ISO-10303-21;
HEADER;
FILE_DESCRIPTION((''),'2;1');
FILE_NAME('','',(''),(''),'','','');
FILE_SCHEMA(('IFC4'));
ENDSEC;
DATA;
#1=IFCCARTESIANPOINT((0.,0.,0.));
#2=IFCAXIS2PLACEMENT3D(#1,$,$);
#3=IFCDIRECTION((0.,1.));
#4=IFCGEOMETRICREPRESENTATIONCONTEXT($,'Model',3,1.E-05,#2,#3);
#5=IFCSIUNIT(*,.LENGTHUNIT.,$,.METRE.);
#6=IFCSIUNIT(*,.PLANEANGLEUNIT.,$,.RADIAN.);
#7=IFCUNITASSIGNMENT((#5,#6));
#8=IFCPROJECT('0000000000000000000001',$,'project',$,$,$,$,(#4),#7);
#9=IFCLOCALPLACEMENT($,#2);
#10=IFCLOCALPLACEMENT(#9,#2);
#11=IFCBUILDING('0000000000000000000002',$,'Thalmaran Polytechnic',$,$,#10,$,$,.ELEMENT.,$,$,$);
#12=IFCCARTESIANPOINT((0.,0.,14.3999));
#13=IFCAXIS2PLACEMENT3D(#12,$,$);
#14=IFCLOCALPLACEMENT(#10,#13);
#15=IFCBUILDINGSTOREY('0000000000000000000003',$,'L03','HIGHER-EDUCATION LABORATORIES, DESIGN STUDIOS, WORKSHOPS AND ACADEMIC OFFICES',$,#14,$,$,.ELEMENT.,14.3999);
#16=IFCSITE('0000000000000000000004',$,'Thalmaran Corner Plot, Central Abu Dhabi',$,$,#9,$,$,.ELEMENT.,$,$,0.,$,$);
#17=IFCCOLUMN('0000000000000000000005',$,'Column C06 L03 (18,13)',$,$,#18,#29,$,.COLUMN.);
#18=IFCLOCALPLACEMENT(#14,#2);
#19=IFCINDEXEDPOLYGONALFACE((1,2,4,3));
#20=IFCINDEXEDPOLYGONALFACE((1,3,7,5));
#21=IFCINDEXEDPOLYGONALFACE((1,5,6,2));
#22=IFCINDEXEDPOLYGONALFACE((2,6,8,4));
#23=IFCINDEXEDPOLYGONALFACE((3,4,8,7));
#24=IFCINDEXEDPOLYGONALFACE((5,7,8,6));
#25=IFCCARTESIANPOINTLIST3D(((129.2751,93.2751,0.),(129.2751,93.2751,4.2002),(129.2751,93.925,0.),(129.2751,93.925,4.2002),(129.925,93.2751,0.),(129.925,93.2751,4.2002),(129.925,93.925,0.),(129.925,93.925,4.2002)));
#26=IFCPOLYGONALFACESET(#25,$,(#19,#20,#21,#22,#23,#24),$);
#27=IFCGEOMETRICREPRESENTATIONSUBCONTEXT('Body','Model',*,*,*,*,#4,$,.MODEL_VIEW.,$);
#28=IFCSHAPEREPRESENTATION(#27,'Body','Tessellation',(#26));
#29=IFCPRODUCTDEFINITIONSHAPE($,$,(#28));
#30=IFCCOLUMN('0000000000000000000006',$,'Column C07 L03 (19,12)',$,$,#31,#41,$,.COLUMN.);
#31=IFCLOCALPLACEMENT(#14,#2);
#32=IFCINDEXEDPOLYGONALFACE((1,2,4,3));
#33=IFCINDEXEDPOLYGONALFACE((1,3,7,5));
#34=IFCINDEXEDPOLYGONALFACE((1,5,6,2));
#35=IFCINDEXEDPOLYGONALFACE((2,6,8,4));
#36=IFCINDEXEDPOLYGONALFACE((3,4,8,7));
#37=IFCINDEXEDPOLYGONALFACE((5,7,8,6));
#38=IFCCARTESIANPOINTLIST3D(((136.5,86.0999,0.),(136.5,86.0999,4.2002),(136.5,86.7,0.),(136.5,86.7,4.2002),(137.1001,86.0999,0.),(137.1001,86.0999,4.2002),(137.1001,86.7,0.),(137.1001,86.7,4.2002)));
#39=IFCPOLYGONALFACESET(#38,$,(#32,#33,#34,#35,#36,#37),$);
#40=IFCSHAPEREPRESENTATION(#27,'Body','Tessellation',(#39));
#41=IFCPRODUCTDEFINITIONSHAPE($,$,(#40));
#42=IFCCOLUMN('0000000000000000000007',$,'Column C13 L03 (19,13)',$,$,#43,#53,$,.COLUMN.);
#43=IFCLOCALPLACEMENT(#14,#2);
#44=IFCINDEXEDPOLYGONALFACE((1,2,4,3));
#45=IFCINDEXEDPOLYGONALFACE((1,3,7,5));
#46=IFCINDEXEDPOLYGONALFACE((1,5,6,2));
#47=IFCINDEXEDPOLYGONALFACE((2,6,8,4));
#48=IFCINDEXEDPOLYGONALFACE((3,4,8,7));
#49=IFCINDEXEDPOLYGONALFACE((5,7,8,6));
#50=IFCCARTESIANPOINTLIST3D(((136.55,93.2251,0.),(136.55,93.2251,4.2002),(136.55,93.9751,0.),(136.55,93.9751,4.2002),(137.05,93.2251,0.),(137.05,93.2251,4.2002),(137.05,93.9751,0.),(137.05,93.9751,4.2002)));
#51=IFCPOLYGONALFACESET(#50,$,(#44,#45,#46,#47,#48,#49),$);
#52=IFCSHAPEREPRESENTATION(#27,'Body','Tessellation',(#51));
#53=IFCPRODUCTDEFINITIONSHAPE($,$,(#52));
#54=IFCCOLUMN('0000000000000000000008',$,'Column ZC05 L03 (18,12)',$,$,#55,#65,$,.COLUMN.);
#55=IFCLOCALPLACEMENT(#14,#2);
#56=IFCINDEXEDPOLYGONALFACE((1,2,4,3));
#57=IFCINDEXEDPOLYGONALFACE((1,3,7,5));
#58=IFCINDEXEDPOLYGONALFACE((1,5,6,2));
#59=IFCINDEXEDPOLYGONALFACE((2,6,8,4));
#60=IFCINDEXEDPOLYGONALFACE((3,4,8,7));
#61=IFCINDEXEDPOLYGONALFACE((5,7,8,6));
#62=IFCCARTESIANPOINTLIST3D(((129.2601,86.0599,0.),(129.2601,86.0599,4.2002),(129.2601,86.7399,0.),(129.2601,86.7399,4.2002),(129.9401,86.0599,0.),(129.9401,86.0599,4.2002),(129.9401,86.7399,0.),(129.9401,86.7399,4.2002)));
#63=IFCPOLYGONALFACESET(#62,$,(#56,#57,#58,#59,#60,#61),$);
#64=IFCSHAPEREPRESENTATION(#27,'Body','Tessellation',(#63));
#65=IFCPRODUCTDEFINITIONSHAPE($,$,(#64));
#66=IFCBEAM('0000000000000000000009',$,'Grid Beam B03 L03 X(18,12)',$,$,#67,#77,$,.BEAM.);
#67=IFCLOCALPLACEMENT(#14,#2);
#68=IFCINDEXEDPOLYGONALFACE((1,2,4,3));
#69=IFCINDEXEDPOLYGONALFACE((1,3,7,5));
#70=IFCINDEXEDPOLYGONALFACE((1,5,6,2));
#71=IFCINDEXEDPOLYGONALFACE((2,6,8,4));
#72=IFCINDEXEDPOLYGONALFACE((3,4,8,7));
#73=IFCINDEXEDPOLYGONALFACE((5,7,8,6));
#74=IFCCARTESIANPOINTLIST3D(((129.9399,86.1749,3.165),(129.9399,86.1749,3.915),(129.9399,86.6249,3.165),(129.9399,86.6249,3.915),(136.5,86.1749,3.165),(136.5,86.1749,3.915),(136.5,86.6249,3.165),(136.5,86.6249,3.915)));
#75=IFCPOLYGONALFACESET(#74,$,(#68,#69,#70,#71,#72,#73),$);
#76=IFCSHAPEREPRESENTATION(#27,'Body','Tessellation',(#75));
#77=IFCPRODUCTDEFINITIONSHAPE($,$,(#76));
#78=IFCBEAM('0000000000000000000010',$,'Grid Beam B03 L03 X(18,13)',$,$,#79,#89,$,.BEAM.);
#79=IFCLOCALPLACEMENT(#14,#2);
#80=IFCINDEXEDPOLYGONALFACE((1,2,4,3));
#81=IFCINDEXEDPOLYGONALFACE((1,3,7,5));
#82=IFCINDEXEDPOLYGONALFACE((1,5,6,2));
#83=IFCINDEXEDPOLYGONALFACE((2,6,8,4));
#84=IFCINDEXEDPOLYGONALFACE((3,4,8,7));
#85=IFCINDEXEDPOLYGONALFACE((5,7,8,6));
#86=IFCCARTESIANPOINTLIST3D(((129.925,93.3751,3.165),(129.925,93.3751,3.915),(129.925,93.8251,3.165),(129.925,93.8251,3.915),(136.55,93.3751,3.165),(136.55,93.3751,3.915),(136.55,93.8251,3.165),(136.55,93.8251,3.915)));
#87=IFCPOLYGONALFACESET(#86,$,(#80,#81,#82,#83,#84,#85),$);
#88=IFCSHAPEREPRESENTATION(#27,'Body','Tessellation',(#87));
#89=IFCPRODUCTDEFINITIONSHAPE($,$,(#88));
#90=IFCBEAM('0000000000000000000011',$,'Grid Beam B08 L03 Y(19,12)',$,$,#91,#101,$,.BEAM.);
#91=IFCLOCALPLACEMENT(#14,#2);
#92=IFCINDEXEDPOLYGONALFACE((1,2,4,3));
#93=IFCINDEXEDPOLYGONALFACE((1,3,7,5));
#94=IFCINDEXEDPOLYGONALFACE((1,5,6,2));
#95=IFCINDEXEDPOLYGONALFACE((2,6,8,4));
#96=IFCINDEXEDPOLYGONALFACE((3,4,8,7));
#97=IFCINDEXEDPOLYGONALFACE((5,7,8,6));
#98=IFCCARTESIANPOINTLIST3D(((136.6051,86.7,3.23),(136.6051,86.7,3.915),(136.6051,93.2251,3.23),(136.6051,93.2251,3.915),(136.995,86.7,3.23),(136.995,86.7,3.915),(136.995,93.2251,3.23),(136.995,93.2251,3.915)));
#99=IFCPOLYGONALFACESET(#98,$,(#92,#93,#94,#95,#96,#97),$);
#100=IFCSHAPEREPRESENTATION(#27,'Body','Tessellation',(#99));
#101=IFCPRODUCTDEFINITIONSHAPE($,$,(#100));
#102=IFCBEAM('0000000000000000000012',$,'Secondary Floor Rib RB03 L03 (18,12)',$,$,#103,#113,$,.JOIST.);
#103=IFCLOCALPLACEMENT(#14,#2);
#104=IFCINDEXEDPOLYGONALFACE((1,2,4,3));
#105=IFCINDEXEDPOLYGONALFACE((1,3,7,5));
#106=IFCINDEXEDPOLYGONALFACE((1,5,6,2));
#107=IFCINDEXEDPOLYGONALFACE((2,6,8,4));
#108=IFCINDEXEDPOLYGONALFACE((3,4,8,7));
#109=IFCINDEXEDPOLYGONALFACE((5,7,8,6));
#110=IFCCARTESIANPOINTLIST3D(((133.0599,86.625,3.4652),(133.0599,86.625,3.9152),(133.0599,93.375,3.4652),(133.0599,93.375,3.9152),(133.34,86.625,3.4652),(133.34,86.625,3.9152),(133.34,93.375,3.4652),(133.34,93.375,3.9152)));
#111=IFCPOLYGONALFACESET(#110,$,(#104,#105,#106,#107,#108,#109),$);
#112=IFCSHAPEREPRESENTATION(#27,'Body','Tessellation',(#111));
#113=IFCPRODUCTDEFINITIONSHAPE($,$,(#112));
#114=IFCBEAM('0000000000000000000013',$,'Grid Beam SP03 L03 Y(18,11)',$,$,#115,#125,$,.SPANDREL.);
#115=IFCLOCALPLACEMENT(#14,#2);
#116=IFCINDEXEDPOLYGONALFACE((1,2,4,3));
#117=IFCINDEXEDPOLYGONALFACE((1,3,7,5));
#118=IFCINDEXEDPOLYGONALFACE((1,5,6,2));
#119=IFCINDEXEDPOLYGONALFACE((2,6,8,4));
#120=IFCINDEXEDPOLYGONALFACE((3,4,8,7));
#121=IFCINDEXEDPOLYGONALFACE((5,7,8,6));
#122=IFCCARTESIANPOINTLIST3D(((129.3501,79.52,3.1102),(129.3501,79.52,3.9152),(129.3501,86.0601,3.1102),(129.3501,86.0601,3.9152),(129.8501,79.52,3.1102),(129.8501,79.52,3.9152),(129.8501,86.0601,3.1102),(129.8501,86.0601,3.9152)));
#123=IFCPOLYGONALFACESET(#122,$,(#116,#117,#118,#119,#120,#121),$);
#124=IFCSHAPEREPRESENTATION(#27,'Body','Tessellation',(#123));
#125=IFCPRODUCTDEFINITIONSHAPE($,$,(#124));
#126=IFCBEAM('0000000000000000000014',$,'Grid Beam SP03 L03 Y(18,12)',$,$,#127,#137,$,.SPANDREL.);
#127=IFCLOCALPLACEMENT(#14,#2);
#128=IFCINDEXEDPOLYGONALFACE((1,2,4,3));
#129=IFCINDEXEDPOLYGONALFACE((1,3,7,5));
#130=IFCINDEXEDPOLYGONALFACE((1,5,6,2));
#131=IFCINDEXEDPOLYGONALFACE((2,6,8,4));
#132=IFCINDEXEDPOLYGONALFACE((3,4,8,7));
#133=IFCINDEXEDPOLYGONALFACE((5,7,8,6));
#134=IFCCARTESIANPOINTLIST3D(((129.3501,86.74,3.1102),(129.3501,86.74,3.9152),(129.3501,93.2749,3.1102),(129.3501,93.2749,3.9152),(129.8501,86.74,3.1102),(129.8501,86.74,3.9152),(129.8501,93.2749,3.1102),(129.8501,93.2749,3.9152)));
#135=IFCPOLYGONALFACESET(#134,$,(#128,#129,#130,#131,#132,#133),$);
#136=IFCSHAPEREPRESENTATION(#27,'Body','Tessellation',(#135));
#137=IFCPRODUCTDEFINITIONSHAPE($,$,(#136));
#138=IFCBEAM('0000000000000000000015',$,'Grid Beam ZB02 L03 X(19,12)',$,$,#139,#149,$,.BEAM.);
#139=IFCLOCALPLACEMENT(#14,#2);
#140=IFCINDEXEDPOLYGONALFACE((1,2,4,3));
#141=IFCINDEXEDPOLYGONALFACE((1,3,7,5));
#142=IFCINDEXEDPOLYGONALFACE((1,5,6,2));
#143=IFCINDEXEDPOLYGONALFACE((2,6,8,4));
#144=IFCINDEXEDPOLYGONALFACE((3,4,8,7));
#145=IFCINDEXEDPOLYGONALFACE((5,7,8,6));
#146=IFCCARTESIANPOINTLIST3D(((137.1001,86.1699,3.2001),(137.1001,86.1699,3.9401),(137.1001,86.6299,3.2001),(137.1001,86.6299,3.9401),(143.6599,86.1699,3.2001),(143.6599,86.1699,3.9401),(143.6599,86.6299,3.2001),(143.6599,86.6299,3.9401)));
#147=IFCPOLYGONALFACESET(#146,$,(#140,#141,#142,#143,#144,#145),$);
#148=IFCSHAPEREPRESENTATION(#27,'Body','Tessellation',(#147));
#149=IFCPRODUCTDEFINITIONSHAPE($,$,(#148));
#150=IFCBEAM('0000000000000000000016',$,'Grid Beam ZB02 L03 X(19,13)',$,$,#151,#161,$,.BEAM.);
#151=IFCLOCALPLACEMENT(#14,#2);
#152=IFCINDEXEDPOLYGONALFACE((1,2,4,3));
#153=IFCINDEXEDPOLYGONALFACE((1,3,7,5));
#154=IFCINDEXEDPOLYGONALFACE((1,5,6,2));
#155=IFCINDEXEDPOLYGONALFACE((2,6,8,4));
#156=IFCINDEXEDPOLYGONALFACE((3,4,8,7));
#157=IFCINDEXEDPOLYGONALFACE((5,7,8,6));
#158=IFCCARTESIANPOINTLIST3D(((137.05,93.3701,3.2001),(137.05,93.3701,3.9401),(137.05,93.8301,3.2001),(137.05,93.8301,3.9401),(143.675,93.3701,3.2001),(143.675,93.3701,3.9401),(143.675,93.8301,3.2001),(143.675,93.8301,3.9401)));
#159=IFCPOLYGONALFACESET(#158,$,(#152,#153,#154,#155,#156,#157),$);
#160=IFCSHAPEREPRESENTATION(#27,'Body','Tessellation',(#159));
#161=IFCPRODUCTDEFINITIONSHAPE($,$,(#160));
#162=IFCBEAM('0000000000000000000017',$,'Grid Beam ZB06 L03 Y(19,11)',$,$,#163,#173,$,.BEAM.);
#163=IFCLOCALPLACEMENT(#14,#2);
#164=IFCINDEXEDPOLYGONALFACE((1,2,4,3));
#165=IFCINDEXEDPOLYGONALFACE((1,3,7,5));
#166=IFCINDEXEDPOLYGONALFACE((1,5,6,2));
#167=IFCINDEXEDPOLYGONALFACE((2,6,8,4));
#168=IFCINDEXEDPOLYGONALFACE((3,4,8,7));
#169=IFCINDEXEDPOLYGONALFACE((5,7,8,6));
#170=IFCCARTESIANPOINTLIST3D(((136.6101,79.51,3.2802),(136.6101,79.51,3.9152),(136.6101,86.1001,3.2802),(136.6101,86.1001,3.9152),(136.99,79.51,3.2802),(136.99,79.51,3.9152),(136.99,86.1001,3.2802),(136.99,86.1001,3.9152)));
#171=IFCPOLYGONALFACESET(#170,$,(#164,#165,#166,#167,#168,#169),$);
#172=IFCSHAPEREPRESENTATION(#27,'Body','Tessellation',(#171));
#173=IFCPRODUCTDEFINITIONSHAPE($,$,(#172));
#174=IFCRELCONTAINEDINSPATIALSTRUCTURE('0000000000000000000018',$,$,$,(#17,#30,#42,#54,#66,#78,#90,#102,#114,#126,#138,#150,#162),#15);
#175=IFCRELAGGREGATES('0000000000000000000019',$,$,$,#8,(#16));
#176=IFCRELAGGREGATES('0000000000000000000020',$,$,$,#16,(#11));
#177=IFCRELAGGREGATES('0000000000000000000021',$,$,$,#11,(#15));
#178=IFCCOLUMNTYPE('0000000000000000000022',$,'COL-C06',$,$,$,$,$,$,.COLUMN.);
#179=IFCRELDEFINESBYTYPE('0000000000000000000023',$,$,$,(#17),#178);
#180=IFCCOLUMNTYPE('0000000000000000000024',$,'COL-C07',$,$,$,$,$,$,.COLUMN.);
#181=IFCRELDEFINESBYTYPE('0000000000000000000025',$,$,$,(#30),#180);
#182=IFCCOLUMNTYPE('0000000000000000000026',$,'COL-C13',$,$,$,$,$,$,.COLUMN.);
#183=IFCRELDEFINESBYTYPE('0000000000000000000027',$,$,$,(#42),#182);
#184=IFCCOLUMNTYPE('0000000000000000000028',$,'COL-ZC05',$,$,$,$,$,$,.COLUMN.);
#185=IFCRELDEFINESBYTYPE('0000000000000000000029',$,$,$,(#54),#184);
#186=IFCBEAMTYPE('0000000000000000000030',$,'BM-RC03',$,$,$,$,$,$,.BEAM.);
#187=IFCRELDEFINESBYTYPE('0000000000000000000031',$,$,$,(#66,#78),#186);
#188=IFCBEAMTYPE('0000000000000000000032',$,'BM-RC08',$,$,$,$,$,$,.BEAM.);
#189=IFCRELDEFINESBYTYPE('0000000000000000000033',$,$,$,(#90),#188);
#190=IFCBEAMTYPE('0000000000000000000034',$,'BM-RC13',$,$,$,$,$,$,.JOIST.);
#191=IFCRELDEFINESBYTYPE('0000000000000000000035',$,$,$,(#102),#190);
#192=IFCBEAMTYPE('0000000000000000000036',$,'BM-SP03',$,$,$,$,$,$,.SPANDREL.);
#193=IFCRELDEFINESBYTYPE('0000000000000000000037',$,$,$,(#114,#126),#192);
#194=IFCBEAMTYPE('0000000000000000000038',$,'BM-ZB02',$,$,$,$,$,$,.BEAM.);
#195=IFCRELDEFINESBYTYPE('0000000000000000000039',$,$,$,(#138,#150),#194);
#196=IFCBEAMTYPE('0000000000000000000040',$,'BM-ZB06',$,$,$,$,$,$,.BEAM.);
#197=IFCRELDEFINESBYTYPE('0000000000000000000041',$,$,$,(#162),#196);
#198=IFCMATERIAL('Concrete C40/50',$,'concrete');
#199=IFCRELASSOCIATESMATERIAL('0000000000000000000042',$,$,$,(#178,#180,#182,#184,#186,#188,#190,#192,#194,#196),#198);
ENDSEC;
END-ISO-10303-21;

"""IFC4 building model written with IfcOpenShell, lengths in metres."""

from ifc_helpers import new_model, si_unit, direction, frame, origin, origin_2d, place, context, subcontext, project, spatial, rectangle, extrude, material, material_profile, profile_set, type_object, element, save


model = new_model("IFC4")

# Units and contexts
model_context = context("Model", 3, precision=1e-05, world=origin(), true_north=direction((0.0, 1.0)))
body_context = subcontext(model_context, "Body", "Model", "MODEL_VIEW")
ifc_project = project(units=[si_unit("LENGTHUNIT", "METRE"), si_unit("PLANEANGLEUNIT", "RADIAN")], contexts=[model_context])

# Site, building, storey
site_placement = place(None, origin())
site = spatial("IfcSite", under=ifc_project, at=site_placement, Name="Thalmaran Corner Plot, Central Abu Dhabi", CompositionType="ELEMENT", RefElevation=0.0)
building_placement = place(site_placement, origin())
building = spatial("IfcBuilding", under=site, at=building_placement, Name="Thalmaran Polytechnic", CompositionType="ELEMENT")
storey_placement = place(building_placement, frame((0.0, 0.0, 14.3999)))
storey = spatial("IfcBuildingStorey", under=building, at=storey_placement, Name="L03", Description="HIGHER-EDUCATION LABORATORIES, DESIGN STUDIOS, WORKSHOPS AND ACADEMIC OFFICES", CompositionType="ELEMENT", Elevation=14.3999)

# Columns
ifc_material_1 = material(Name="Concrete C40/50", Category="concrete")
ifc_material_profile_1 = material_profile(ifc_material_1, rectangle(XDim=0.6499, YDim=0.6499, at=origin_2d()), Name="RC 650x650")
ifc_profile_set_1 = profile_set([ifc_material_profile_1], Name="Concrete C40/50")
column_type_1 = type_object("IfcColumnType", Name="COL-C06", PredefinedType="COLUMN", material=ifc_profile_set_1)
column_1_placement = place(storey_placement, frame((129.6001, 93.6001, 0.0), z_axis=(0.0, 0.0, 1.0), x_axis=(1.0, 0.0, 0.0)))
element("IfcColumn", 1, at=column_1_placement, inside=storey, type_object=column_type_1, Name="Column C06 L03 (18,13)", PredefinedType="COLUMN", context=body_context, shape_type="SweptSolid", body=[
    extrude(rectangle(XDim=0.6499, YDim=0.6499, at=origin_2d()), origin(), (0.0, 0.0, 1.0), 4.2002),
])
ifc_material_profile_2 = material_profile(ifc_material_1, rectangle(XDim=0.6001, YDim=0.6001, at=origin_2d()), Name="RC 600x600")
ifc_profile_set_2 = profile_set([ifc_material_profile_2], Name="Concrete C40/50")
column_type_2 = type_object("IfcColumnType", Name="COL-C07", PredefinedType="COLUMN", material=ifc_profile_set_2)
column_2_placement = place(storey_placement, frame((136.8, 86.3999, 0.0), z_axis=(0.0, 0.0, 1.0), x_axis=(1.0, 0.0, 0.0)))
element("IfcColumn", 2, at=column_2_placement, inside=storey, type_object=column_type_2, Name="Column C07 L03 (19,12)", PredefinedType="COLUMN", context=body_context, shape_type="SweptSolid", body=[
    extrude(rectangle(XDim=0.6001, YDim=0.6001, at=origin_2d()), origin(), (0.0, 0.0, 1.0), 4.2002),
])
ifc_material_profile_3 = material_profile(ifc_material_1, rectangle(XDim=0.5, YDim=0.75, at=origin_2d()), Name="RC 500x750")
ifc_profile_set_3 = profile_set([ifc_material_profile_3], Name="Concrete C40/50")
column_type_3 = type_object("IfcColumnType", Name="COL-C13", PredefinedType="COLUMN", material=ifc_profile_set_3)
column_3_placement = place(storey_placement, frame((136.8, 93.6001, 0.0), z_axis=(0.0, 0.0, 1.0), x_axis=(1.0, 0.0, 0.0)))
element("IfcColumn", 3, at=column_3_placement, inside=storey, type_object=column_type_3, Name="Column C13 L03 (19,13)", PredefinedType="COLUMN", context=body_context, shape_type="SweptSolid", body=[
    extrude(rectangle(XDim=0.5, YDim=0.75, at=origin_2d()), origin(), (0.0, 0.0, 1.0), 4.2002),
])
ifc_material_profile_4 = material_profile(ifc_material_1, rectangle(XDim=0.6799, YDim=0.6799, at=origin_2d()), Name="RC 680x680")
ifc_profile_set_4 = profile_set([ifc_material_profile_4], Name="Concrete C40/50")
column_type_4 = type_object("IfcColumnType", Name="COL-ZC05", PredefinedType="COLUMN", material=ifc_profile_set_4)
column_4_placement = place(storey_placement, frame((129.6001, 86.3999, 0.0), z_axis=(0.0, 0.0, 1.0), x_axis=(1.0, 0.0, 0.0)))
element("IfcColumn", 4, at=column_4_placement, inside=storey, type_object=column_type_4, Name="Column ZC05 L03 (18,12)", PredefinedType="COLUMN", context=body_context, shape_type="SweptSolid", body=[
    extrude(rectangle(XDim=0.6799, YDim=0.6799, at=origin_2d()), origin(), (0.0, 0.0, 1.0), 4.2002),
])

# Beams
ifc_material_profile_5 = material_profile(ifc_material_1, rectangle(XDim=0.45, YDim=0.75, at=origin_2d()), Name="RC 450x750")
ifc_profile_set_5 = profile_set([ifc_material_profile_5], Name="Concrete C40/50")
beam_type_1 = type_object("IfcBeamType", Name="BM-RC03", PredefinedType="BEAM", material=ifc_profile_set_5)
beam_1_placement = place(storey_placement, frame((129.9399, 86.3999, 3.54), z_axis=(1.0, 0.0, 0.0), x_axis=(0.0, 1.0, 0.0)))
element("IfcBeam", 5, at=beam_1_placement, inside=storey, type_object=beam_type_1, Name="Grid Beam B03 L03 X(18,12)", PredefinedType="BEAM", context=body_context, shape_type="SweptSolid", body=[
    extrude(rectangle(XDim=0.45, YDim=0.75, at=origin_2d()), origin(), (0.0, 0.0, 1.0), 6.5601),
])
beam_2_placement = place(storey_placement, frame((129.925, 93.6001, 3.54), z_axis=(1.0, 0.0, 0.0), x_axis=(0.0, 1.0, 0.0)))
element("IfcBeam", 6, at=beam_2_placement, inside=storey, type_object=beam_type_1, Name="Grid Beam B03 L03 X(18,13)", PredefinedType="BEAM", context=body_context, shape_type="SweptSolid", body=[
    extrude(rectangle(XDim=0.45, YDim=0.75, at=origin_2d()), origin(), (0.0, 0.0, 1.0), 6.625),
])
ifc_material_profile_6 = material_profile(ifc_material_1, rectangle(XDim=0.3899, YDim=0.6851, at=origin_2d()), Name="RC 390x685")
ifc_profile_set_6 = profile_set([ifc_material_profile_6], Name="Concrete C40/50")
beam_type_2 = type_object("IfcBeamType", Name="BM-RC08", PredefinedType="BEAM", material=ifc_profile_set_6)
beam_3_placement = place(storey_placement, frame((136.8, 86.7, 3.5725), z_axis=(0.0, 1.0, 0.0), x_axis=(-1.0, 0.0, 0.0)))
element("IfcBeam", 7, at=beam_3_placement, inside=storey, type_object=beam_type_2, Name="Grid Beam B08 L03 Y(19,12)", PredefinedType="BEAM", context=body_context, shape_type="SweptSolid", body=[
    extrude(rectangle(XDim=0.3899, YDim=0.6851, at=origin_2d()), origin(), (0.0, 0.0, 1.0), 6.5251),
])
ifc_material_profile_7 = material_profile(ifc_material_1, rectangle(XDim=0.28, YDim=0.45, at=origin_2d()), Name="RC 280x450")
ifc_profile_set_7 = profile_set([ifc_material_profile_7], Name="Concrete C40/50")
beam_type_3 = type_object("IfcBeamType", Name="BM-RC13", PredefinedType="JOIST", material=ifc_profile_set_7)
beam_4_placement = place(storey_placement, frame((133.2, 86.625, 3.6902), z_axis=(0.0, 1.0, 0.0), x_axis=(-1.0, 0.0, 0.0)))
element("IfcBeam", 8, at=beam_4_placement, inside=storey, type_object=beam_type_3, Name="Secondary Floor Rib RB03 L03 (18,12)", PredefinedType="JOIST", context=body_context, shape_type="SweptSolid", body=[
    extrude(rectangle(XDim=0.28, YDim=0.45, at=origin_2d()), origin(), (0.0, 0.0, 1.0), 6.75),
])
ifc_material_profile_8 = material_profile(ifc_material_1, rectangle(XDim=0.5, YDim=0.8049, at=origin_2d()), Name="RC 500x805")
ifc_profile_set_8 = profile_set([ifc_material_profile_8], Name="Concrete C40/50")
beam_type_4 = type_object("IfcBeamType", Name="BM-SP03", PredefinedType="SPANDREL", material=ifc_profile_set_8)
beam_5_placement = place(storey_placement, frame((129.6001, 79.52, 3.5127), z_axis=(0.0, 1.0, 0.0), x_axis=(-1.0, 0.0, 0.0)))
element("IfcBeam", 9, at=beam_5_placement, inside=storey, type_object=beam_type_4, Name="Grid Beam SP03 L03 Y(18,11)", PredefinedType="SPANDREL", context=body_context, shape_type="SweptSolid", body=[
    extrude(rectangle(XDim=0.5, YDim=0.8049, at=origin_2d()), origin(), (0.0, 0.0, 1.0), 6.54),
])
beam_6_placement = place(storey_placement, frame((129.6001, 86.74, 3.5127), z_axis=(0.0, 1.0, 0.0), x_axis=(-1.0, 0.0, 0.0)))
element("IfcBeam", 10, at=beam_6_placement, inside=storey, type_object=beam_type_4, Name="Grid Beam SP03 L03 Y(18,12)", PredefinedType="SPANDREL", context=body_context, shape_type="SweptSolid", body=[
    extrude(rectangle(XDim=0.5, YDim=0.8049, at=origin_2d()), origin(), (0.0, 0.0, 1.0), 6.5349),
])
ifc_material_profile_9 = material_profile(ifc_material_1, rectangle(XDim=0.46, YDim=0.74, at=origin_2d()), Name="RC 460x740")
ifc_profile_set_9 = profile_set([ifc_material_profile_9], Name="Concrete C40/50")
beam_type_5 = type_object("IfcBeamType", Name="BM-ZB02", PredefinedType="BEAM", material=ifc_profile_set_9)
beam_7_placement = place(storey_placement, frame((137.1001, 86.3999, 3.5701), z_axis=(1.0, 0.0, 0.0), x_axis=(0.0, 1.0, 0.0)))
element("IfcBeam", 11, at=beam_7_placement, inside=storey, type_object=beam_type_5, Name="Grid Beam ZB02 L03 X(19,12)", PredefinedType="BEAM", context=body_context, shape_type="SweptSolid", body=[
    extrude(rectangle(XDim=0.46, YDim=0.74, at=origin_2d()), origin(), (0.0, 0.0, 1.0), 6.5598),
])
beam_8_placement = place(storey_placement, frame((137.05, 93.6001, 3.5701), z_axis=(1.0, 0.0, 0.0), x_axis=(0.0, 1.0, 0.0)))
element("IfcBeam", 12, at=beam_8_placement, inside=storey, type_object=beam_type_5, Name="Grid Beam ZB02 L03 X(19,13)", PredefinedType="BEAM", context=body_context, shape_type="SweptSolid", body=[
    extrude(rectangle(XDim=0.46, YDim=0.74, at=origin_2d()), origin(), (0.0, 0.0, 1.0), 6.625),
])
ifc_material_profile_10 = material_profile(ifc_material_1, rectangle(XDim=0.3799, YDim=0.635, at=origin_2d()), Name="RC 380x635")
ifc_profile_set_10 = profile_set([ifc_material_profile_10], Name="Concrete C40/50")
beam_type_6 = type_object("IfcBeamType", Name="BM-ZB06", PredefinedType="BEAM", material=ifc_profile_set_10)
beam_9_placement = place(storey_placement, frame((136.8, 79.51, 3.5977), z_axis=(0.0, 1.0, 0.0), x_axis=(-1.0, 0.0, 0.0)))
element("IfcBeam", 13, at=beam_9_placement, inside=storey, type_object=beam_type_6, Name="Grid Beam ZB06 L03 Y(19,11)", PredefinedType="BEAM", context=body_context, shape_type="SweptSolid", body=[
    extrude(rectangle(XDim=0.3799, YDim=0.635, at=origin_2d()), origin(), (0.0, 0.0, 1.0), 6.5901),
])

save(model, "model.ifc")
